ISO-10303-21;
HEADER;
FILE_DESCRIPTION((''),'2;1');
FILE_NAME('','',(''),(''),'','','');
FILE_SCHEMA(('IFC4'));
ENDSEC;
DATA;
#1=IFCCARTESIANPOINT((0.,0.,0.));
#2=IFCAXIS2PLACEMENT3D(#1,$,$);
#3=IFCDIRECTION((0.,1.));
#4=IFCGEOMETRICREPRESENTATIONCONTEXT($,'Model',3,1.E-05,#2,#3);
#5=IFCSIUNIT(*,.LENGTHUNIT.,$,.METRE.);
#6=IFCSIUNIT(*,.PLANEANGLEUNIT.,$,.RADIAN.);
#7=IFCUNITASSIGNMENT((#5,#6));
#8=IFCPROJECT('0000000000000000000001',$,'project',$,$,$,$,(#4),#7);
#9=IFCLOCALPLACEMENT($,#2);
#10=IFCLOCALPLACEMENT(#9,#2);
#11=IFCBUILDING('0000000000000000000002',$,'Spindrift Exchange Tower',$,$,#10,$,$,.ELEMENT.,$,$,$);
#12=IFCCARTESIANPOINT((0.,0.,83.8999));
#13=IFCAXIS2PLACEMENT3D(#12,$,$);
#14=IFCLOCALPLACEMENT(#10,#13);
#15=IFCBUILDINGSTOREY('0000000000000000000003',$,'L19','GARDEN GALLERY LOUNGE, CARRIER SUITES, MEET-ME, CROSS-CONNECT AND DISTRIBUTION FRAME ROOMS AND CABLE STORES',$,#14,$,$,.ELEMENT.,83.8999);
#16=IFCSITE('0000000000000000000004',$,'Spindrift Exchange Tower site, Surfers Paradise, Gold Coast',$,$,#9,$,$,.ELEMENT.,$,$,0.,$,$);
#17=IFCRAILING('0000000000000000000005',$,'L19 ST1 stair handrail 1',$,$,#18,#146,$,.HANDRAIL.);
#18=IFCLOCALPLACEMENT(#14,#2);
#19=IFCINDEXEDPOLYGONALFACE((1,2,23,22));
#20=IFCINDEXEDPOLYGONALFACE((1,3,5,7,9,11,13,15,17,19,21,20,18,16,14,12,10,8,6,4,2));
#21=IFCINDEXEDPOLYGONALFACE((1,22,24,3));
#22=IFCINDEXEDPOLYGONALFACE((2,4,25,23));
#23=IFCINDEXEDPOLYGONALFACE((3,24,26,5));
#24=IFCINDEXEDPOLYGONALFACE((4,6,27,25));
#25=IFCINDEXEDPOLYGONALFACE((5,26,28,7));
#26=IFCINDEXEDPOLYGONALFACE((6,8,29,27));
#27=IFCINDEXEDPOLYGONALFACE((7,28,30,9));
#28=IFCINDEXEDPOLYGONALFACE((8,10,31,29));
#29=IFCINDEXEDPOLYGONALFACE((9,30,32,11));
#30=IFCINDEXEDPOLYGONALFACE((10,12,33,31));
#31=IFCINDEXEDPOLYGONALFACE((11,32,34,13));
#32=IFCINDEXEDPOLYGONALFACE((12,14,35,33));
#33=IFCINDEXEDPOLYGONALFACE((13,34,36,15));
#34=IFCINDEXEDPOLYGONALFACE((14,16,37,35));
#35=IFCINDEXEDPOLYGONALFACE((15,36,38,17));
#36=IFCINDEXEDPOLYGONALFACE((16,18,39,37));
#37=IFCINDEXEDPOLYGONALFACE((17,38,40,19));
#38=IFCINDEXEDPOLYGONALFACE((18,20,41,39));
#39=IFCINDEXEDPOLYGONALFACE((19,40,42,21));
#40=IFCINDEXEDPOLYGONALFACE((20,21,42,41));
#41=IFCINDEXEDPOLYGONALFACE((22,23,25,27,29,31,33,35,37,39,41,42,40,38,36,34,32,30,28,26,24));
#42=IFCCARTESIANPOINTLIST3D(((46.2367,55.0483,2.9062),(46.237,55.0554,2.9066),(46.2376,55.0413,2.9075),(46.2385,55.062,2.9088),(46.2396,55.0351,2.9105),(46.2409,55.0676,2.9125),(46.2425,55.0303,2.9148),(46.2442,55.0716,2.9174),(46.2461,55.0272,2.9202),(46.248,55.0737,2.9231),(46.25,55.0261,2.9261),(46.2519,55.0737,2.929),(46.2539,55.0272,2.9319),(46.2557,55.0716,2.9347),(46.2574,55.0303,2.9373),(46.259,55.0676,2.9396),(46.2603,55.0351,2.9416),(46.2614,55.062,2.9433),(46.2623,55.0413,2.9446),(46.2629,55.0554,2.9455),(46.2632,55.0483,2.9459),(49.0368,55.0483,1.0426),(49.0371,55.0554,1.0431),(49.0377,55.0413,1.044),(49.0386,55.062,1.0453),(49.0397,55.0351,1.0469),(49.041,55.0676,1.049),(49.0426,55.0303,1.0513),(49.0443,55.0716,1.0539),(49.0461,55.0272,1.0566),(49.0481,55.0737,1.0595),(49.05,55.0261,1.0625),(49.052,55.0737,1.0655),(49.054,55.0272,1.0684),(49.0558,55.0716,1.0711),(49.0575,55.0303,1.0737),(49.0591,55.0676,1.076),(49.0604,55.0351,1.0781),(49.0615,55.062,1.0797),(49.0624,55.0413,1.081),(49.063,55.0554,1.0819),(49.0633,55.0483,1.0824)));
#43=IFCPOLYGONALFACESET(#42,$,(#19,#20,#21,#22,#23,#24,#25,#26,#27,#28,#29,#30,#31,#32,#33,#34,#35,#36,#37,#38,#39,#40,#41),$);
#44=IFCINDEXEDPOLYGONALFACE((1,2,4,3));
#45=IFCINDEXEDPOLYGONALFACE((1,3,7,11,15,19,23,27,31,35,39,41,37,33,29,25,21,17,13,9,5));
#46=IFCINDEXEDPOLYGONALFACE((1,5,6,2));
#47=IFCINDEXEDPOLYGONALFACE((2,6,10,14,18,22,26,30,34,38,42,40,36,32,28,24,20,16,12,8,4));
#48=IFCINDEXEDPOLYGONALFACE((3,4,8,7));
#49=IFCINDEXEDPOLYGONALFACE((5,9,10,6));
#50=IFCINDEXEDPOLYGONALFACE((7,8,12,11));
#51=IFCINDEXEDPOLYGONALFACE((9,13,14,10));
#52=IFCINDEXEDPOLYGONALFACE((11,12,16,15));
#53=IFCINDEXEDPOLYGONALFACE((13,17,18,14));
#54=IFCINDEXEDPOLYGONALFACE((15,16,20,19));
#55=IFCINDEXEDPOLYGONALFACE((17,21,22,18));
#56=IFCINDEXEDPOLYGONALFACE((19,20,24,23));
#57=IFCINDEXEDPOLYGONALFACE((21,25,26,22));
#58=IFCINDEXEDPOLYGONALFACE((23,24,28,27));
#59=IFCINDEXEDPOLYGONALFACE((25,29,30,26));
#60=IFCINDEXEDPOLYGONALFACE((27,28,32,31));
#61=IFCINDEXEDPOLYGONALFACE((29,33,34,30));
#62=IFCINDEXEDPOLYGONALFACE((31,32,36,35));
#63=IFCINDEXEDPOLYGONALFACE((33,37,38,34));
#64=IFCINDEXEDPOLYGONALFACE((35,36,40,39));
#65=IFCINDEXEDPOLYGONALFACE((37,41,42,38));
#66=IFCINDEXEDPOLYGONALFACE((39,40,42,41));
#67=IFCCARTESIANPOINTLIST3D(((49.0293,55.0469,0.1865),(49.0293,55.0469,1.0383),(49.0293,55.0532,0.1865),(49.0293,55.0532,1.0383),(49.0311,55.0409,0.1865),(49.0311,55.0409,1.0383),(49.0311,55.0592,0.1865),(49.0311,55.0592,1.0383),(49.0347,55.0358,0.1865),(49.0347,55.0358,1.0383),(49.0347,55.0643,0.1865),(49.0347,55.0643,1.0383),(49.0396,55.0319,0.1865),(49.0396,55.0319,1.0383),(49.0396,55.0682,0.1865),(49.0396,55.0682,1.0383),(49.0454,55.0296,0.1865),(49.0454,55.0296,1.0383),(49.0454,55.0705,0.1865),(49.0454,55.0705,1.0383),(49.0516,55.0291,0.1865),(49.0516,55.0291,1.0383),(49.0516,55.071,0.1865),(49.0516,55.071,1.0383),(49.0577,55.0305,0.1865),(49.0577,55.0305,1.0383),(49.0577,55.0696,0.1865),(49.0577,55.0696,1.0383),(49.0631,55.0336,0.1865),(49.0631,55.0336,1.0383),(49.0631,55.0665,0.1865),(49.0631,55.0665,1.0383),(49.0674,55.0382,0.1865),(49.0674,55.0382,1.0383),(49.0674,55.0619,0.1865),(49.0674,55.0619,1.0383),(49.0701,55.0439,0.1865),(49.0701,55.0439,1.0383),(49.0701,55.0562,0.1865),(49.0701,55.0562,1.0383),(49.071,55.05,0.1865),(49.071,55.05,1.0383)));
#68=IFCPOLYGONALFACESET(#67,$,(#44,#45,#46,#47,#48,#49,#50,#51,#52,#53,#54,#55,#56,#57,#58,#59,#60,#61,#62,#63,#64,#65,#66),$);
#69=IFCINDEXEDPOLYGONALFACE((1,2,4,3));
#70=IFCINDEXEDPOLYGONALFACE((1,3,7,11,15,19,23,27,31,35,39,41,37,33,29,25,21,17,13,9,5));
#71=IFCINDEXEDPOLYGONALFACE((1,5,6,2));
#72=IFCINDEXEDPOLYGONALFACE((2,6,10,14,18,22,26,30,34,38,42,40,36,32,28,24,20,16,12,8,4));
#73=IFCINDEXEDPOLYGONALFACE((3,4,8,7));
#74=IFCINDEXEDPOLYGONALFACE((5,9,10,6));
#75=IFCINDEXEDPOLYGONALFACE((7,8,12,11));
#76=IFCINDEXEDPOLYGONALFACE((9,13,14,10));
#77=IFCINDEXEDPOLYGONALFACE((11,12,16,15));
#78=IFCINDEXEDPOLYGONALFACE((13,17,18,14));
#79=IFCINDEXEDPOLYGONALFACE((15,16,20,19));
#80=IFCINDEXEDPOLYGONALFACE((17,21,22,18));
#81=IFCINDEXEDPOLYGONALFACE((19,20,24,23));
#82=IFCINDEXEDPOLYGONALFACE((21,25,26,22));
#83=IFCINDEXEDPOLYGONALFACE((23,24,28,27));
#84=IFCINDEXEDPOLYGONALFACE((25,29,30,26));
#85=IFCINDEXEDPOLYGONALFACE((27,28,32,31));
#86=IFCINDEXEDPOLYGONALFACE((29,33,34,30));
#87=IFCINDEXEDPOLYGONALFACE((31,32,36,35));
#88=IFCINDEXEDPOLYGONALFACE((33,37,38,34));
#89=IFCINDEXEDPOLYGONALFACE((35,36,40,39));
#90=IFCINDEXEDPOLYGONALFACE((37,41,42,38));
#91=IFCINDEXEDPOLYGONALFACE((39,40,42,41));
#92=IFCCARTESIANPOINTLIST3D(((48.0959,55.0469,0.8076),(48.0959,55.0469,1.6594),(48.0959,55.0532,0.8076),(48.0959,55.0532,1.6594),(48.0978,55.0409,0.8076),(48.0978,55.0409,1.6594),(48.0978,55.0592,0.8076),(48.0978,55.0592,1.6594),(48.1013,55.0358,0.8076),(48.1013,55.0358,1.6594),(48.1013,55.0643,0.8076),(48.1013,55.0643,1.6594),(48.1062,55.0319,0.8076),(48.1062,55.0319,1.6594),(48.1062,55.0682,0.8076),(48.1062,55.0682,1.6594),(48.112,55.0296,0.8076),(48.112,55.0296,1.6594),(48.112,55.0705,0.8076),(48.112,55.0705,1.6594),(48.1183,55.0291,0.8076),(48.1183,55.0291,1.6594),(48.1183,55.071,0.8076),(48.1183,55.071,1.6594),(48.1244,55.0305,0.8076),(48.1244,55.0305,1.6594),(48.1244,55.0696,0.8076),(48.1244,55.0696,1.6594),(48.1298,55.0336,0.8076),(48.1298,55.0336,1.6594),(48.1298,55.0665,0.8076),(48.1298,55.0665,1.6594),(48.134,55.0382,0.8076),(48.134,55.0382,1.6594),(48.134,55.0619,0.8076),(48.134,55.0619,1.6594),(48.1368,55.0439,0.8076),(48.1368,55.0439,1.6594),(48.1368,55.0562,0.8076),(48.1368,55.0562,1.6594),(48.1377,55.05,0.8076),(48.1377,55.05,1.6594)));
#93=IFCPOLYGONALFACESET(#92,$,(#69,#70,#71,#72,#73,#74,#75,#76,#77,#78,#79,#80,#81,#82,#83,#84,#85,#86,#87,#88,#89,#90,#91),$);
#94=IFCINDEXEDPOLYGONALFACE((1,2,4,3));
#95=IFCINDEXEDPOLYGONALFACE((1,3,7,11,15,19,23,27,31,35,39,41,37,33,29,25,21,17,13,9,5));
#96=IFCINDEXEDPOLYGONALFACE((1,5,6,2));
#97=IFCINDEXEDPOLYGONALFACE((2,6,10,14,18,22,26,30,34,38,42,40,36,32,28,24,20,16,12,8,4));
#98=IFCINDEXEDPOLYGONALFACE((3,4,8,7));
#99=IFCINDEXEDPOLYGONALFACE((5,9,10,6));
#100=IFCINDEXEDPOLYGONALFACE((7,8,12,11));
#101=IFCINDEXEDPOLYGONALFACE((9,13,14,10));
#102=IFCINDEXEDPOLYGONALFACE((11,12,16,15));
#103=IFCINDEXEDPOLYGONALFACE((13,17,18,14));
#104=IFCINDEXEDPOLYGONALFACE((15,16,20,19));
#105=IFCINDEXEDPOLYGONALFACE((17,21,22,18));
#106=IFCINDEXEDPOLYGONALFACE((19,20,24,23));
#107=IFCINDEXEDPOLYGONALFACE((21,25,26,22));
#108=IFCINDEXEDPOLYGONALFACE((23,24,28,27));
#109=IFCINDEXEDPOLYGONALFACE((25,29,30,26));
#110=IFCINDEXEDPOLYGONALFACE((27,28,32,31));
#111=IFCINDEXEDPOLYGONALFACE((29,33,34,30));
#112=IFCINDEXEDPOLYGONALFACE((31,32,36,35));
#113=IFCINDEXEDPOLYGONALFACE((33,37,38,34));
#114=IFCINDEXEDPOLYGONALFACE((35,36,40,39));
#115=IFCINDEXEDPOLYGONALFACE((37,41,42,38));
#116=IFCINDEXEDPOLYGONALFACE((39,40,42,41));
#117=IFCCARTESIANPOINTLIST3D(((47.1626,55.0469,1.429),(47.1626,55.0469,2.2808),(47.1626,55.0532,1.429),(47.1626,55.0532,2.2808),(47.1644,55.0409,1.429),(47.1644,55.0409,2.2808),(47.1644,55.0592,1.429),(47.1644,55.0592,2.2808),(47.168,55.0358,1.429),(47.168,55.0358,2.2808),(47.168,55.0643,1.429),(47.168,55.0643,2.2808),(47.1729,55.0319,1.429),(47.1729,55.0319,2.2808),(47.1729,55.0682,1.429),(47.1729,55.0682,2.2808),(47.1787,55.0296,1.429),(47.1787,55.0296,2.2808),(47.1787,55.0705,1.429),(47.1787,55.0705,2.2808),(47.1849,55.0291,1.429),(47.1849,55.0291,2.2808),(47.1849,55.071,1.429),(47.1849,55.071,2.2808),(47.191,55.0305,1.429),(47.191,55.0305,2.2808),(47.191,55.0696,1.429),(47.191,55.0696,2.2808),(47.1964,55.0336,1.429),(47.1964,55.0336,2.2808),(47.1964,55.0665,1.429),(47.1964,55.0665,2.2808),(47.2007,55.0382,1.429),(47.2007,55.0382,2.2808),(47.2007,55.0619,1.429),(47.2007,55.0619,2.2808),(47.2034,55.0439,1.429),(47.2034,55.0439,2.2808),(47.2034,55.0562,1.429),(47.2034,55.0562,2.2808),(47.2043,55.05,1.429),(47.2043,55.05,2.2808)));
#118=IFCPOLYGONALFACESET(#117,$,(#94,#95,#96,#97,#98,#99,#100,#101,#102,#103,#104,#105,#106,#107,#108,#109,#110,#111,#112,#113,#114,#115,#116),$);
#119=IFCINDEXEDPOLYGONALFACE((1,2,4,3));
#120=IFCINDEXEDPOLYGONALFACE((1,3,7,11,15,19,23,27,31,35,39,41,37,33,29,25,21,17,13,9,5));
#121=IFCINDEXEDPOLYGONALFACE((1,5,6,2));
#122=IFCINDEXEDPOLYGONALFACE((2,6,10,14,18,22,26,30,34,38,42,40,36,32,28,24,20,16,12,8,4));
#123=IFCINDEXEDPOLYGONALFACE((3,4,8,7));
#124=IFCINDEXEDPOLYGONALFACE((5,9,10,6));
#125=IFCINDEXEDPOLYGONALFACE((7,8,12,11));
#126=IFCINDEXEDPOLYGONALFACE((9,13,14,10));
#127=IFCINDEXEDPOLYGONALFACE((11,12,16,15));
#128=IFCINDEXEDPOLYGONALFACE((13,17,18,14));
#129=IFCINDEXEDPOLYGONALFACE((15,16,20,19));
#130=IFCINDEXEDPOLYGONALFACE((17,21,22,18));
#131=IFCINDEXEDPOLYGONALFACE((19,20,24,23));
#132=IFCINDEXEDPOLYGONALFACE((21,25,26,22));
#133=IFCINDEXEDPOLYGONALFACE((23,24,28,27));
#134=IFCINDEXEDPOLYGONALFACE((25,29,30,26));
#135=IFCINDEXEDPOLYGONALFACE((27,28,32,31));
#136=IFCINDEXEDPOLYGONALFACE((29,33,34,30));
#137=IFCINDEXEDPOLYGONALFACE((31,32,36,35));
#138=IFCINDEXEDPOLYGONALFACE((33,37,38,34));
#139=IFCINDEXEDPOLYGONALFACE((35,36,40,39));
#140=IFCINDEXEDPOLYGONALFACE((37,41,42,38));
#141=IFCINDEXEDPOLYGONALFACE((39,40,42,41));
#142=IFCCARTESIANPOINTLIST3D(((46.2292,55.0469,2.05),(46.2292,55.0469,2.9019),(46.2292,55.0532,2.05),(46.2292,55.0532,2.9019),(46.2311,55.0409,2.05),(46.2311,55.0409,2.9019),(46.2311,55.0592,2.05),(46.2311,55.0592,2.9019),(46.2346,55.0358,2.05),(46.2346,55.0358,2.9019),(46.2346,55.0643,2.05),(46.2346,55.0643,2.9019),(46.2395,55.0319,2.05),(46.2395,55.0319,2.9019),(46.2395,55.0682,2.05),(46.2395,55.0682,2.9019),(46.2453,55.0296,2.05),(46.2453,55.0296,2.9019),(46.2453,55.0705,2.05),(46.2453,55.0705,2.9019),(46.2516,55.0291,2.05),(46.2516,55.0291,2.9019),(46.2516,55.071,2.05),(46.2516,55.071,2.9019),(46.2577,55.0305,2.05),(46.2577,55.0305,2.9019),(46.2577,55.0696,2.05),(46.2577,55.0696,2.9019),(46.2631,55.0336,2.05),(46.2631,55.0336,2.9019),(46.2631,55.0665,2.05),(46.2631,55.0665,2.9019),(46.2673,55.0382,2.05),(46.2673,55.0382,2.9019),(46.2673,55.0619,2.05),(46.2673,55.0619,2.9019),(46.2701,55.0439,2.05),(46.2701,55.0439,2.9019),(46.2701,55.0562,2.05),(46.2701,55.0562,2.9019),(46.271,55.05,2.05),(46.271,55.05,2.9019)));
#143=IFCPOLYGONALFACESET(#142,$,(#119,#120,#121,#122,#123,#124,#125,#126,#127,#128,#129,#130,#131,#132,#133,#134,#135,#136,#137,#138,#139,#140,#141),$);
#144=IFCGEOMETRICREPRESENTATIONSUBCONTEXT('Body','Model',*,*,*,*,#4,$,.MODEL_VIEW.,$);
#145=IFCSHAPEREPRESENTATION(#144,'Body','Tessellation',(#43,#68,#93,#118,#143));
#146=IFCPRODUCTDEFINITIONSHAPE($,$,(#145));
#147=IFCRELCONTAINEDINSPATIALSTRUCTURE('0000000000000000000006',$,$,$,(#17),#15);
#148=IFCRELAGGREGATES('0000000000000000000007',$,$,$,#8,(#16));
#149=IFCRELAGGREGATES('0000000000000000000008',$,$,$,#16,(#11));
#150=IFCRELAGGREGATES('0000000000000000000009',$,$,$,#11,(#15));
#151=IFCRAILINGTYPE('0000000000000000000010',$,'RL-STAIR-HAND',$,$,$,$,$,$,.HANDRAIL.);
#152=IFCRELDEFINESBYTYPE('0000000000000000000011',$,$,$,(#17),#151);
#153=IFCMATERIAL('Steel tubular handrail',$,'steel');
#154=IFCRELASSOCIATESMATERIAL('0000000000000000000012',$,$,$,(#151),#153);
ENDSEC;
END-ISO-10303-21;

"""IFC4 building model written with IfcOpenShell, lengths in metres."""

from ifc_helpers import new_model, si_unit, direction, frame, origin, origin_2d, place, context, subcontext, project, spatial, circle, extrude, material, type_object, element, save


model = new_model("IFC4")

# Units and contexts
model_context = context("Model", 3, precision=1e-05, world=origin(), true_north=direction((0.0, 1.0)))
body_context = subcontext(model_context, "Body", "Model", "MODEL_VIEW")
ifc_project = project(units=[si_unit("LENGTHUNIT", "METRE"), si_unit("PLANEANGLEUNIT", "RADIAN")], contexts=[model_context])

# Site, building, storey
site_placement = place(None, origin())
site = spatial("IfcSite", under=ifc_project, at=site_placement, Name="Spindrift Exchange Tower site, Surfers Paradise, Gold Coast", CompositionType="ELEMENT", RefElevation=0.0)
building_placement = place(site_placement, origin())
building = spatial("IfcBuilding", under=site, at=building_placement, Name="Spindrift Exchange Tower", CompositionType="ELEMENT")
storey_placement = place(building_placement, frame((0.0, 0.0, 83.8999)))
storey = spatial("IfcBuildingStorey", under=building, at=storey_placement, Name="L19", Description="GARDEN GALLERY LOUNGE, CARRIER SUITES, MEET-ME, CROSS-CONNECT AND DISTRIBUTION FRAME ROOMS AND CABLE STORES", CompositionType="ELEMENT", Elevation=83.8999)

# Railing
ifc_material_1 = material(Name="Steel tubular handrail", Category="steel")
railing_type_1 = type_object("IfcRailingType", Name="RL-STAIR-HAND", PredefinedType="HANDRAIL", material=ifc_material_1)
railing_1_placement = place(storey_placement, frame((49.05, 55.05, 0.1865)))
element("IfcRailing", 1, at=railing_1_placement, inside=storey, type_object=railing_type_1, Name="L19 ST1 stair handrail 1", PredefinedType="HANDRAIL", context=body_context, shape_type="SweptSolid", body=[
    extrude(circle(Radius=0.0239, at=origin_2d()), frame((0.0, 0.0, 0.876), z_axis=(-0.832486, 0.0, 0.554047), x_axis=(0.0, -1.0, 0.0)), (0.0, 0.0, 1.0), 3.3635),
    extrude(circle(Radius=0.021, at=origin_2d()), origin(), (0.0, 0.0, 1.0), 0.8518),
    extrude(circle(Radius=0.021, at=origin_2d()), frame((-0.9333, 0.0, 0.6211)), (0.0, 0.0, 1.0), 0.8518),
    extrude(circle(Radius=0.021, at=origin_2d()), frame((-1.8667, 0.0, 1.2424)), (0.0, 0.0, 1.0), 0.8518),
    extrude(circle(Radius=0.021, at=origin_2d()), frame((-2.8, 0.0, 1.8635)), (0.0, 0.0, 1.0), 0.8518),
])

save(model, "model.ifc")
